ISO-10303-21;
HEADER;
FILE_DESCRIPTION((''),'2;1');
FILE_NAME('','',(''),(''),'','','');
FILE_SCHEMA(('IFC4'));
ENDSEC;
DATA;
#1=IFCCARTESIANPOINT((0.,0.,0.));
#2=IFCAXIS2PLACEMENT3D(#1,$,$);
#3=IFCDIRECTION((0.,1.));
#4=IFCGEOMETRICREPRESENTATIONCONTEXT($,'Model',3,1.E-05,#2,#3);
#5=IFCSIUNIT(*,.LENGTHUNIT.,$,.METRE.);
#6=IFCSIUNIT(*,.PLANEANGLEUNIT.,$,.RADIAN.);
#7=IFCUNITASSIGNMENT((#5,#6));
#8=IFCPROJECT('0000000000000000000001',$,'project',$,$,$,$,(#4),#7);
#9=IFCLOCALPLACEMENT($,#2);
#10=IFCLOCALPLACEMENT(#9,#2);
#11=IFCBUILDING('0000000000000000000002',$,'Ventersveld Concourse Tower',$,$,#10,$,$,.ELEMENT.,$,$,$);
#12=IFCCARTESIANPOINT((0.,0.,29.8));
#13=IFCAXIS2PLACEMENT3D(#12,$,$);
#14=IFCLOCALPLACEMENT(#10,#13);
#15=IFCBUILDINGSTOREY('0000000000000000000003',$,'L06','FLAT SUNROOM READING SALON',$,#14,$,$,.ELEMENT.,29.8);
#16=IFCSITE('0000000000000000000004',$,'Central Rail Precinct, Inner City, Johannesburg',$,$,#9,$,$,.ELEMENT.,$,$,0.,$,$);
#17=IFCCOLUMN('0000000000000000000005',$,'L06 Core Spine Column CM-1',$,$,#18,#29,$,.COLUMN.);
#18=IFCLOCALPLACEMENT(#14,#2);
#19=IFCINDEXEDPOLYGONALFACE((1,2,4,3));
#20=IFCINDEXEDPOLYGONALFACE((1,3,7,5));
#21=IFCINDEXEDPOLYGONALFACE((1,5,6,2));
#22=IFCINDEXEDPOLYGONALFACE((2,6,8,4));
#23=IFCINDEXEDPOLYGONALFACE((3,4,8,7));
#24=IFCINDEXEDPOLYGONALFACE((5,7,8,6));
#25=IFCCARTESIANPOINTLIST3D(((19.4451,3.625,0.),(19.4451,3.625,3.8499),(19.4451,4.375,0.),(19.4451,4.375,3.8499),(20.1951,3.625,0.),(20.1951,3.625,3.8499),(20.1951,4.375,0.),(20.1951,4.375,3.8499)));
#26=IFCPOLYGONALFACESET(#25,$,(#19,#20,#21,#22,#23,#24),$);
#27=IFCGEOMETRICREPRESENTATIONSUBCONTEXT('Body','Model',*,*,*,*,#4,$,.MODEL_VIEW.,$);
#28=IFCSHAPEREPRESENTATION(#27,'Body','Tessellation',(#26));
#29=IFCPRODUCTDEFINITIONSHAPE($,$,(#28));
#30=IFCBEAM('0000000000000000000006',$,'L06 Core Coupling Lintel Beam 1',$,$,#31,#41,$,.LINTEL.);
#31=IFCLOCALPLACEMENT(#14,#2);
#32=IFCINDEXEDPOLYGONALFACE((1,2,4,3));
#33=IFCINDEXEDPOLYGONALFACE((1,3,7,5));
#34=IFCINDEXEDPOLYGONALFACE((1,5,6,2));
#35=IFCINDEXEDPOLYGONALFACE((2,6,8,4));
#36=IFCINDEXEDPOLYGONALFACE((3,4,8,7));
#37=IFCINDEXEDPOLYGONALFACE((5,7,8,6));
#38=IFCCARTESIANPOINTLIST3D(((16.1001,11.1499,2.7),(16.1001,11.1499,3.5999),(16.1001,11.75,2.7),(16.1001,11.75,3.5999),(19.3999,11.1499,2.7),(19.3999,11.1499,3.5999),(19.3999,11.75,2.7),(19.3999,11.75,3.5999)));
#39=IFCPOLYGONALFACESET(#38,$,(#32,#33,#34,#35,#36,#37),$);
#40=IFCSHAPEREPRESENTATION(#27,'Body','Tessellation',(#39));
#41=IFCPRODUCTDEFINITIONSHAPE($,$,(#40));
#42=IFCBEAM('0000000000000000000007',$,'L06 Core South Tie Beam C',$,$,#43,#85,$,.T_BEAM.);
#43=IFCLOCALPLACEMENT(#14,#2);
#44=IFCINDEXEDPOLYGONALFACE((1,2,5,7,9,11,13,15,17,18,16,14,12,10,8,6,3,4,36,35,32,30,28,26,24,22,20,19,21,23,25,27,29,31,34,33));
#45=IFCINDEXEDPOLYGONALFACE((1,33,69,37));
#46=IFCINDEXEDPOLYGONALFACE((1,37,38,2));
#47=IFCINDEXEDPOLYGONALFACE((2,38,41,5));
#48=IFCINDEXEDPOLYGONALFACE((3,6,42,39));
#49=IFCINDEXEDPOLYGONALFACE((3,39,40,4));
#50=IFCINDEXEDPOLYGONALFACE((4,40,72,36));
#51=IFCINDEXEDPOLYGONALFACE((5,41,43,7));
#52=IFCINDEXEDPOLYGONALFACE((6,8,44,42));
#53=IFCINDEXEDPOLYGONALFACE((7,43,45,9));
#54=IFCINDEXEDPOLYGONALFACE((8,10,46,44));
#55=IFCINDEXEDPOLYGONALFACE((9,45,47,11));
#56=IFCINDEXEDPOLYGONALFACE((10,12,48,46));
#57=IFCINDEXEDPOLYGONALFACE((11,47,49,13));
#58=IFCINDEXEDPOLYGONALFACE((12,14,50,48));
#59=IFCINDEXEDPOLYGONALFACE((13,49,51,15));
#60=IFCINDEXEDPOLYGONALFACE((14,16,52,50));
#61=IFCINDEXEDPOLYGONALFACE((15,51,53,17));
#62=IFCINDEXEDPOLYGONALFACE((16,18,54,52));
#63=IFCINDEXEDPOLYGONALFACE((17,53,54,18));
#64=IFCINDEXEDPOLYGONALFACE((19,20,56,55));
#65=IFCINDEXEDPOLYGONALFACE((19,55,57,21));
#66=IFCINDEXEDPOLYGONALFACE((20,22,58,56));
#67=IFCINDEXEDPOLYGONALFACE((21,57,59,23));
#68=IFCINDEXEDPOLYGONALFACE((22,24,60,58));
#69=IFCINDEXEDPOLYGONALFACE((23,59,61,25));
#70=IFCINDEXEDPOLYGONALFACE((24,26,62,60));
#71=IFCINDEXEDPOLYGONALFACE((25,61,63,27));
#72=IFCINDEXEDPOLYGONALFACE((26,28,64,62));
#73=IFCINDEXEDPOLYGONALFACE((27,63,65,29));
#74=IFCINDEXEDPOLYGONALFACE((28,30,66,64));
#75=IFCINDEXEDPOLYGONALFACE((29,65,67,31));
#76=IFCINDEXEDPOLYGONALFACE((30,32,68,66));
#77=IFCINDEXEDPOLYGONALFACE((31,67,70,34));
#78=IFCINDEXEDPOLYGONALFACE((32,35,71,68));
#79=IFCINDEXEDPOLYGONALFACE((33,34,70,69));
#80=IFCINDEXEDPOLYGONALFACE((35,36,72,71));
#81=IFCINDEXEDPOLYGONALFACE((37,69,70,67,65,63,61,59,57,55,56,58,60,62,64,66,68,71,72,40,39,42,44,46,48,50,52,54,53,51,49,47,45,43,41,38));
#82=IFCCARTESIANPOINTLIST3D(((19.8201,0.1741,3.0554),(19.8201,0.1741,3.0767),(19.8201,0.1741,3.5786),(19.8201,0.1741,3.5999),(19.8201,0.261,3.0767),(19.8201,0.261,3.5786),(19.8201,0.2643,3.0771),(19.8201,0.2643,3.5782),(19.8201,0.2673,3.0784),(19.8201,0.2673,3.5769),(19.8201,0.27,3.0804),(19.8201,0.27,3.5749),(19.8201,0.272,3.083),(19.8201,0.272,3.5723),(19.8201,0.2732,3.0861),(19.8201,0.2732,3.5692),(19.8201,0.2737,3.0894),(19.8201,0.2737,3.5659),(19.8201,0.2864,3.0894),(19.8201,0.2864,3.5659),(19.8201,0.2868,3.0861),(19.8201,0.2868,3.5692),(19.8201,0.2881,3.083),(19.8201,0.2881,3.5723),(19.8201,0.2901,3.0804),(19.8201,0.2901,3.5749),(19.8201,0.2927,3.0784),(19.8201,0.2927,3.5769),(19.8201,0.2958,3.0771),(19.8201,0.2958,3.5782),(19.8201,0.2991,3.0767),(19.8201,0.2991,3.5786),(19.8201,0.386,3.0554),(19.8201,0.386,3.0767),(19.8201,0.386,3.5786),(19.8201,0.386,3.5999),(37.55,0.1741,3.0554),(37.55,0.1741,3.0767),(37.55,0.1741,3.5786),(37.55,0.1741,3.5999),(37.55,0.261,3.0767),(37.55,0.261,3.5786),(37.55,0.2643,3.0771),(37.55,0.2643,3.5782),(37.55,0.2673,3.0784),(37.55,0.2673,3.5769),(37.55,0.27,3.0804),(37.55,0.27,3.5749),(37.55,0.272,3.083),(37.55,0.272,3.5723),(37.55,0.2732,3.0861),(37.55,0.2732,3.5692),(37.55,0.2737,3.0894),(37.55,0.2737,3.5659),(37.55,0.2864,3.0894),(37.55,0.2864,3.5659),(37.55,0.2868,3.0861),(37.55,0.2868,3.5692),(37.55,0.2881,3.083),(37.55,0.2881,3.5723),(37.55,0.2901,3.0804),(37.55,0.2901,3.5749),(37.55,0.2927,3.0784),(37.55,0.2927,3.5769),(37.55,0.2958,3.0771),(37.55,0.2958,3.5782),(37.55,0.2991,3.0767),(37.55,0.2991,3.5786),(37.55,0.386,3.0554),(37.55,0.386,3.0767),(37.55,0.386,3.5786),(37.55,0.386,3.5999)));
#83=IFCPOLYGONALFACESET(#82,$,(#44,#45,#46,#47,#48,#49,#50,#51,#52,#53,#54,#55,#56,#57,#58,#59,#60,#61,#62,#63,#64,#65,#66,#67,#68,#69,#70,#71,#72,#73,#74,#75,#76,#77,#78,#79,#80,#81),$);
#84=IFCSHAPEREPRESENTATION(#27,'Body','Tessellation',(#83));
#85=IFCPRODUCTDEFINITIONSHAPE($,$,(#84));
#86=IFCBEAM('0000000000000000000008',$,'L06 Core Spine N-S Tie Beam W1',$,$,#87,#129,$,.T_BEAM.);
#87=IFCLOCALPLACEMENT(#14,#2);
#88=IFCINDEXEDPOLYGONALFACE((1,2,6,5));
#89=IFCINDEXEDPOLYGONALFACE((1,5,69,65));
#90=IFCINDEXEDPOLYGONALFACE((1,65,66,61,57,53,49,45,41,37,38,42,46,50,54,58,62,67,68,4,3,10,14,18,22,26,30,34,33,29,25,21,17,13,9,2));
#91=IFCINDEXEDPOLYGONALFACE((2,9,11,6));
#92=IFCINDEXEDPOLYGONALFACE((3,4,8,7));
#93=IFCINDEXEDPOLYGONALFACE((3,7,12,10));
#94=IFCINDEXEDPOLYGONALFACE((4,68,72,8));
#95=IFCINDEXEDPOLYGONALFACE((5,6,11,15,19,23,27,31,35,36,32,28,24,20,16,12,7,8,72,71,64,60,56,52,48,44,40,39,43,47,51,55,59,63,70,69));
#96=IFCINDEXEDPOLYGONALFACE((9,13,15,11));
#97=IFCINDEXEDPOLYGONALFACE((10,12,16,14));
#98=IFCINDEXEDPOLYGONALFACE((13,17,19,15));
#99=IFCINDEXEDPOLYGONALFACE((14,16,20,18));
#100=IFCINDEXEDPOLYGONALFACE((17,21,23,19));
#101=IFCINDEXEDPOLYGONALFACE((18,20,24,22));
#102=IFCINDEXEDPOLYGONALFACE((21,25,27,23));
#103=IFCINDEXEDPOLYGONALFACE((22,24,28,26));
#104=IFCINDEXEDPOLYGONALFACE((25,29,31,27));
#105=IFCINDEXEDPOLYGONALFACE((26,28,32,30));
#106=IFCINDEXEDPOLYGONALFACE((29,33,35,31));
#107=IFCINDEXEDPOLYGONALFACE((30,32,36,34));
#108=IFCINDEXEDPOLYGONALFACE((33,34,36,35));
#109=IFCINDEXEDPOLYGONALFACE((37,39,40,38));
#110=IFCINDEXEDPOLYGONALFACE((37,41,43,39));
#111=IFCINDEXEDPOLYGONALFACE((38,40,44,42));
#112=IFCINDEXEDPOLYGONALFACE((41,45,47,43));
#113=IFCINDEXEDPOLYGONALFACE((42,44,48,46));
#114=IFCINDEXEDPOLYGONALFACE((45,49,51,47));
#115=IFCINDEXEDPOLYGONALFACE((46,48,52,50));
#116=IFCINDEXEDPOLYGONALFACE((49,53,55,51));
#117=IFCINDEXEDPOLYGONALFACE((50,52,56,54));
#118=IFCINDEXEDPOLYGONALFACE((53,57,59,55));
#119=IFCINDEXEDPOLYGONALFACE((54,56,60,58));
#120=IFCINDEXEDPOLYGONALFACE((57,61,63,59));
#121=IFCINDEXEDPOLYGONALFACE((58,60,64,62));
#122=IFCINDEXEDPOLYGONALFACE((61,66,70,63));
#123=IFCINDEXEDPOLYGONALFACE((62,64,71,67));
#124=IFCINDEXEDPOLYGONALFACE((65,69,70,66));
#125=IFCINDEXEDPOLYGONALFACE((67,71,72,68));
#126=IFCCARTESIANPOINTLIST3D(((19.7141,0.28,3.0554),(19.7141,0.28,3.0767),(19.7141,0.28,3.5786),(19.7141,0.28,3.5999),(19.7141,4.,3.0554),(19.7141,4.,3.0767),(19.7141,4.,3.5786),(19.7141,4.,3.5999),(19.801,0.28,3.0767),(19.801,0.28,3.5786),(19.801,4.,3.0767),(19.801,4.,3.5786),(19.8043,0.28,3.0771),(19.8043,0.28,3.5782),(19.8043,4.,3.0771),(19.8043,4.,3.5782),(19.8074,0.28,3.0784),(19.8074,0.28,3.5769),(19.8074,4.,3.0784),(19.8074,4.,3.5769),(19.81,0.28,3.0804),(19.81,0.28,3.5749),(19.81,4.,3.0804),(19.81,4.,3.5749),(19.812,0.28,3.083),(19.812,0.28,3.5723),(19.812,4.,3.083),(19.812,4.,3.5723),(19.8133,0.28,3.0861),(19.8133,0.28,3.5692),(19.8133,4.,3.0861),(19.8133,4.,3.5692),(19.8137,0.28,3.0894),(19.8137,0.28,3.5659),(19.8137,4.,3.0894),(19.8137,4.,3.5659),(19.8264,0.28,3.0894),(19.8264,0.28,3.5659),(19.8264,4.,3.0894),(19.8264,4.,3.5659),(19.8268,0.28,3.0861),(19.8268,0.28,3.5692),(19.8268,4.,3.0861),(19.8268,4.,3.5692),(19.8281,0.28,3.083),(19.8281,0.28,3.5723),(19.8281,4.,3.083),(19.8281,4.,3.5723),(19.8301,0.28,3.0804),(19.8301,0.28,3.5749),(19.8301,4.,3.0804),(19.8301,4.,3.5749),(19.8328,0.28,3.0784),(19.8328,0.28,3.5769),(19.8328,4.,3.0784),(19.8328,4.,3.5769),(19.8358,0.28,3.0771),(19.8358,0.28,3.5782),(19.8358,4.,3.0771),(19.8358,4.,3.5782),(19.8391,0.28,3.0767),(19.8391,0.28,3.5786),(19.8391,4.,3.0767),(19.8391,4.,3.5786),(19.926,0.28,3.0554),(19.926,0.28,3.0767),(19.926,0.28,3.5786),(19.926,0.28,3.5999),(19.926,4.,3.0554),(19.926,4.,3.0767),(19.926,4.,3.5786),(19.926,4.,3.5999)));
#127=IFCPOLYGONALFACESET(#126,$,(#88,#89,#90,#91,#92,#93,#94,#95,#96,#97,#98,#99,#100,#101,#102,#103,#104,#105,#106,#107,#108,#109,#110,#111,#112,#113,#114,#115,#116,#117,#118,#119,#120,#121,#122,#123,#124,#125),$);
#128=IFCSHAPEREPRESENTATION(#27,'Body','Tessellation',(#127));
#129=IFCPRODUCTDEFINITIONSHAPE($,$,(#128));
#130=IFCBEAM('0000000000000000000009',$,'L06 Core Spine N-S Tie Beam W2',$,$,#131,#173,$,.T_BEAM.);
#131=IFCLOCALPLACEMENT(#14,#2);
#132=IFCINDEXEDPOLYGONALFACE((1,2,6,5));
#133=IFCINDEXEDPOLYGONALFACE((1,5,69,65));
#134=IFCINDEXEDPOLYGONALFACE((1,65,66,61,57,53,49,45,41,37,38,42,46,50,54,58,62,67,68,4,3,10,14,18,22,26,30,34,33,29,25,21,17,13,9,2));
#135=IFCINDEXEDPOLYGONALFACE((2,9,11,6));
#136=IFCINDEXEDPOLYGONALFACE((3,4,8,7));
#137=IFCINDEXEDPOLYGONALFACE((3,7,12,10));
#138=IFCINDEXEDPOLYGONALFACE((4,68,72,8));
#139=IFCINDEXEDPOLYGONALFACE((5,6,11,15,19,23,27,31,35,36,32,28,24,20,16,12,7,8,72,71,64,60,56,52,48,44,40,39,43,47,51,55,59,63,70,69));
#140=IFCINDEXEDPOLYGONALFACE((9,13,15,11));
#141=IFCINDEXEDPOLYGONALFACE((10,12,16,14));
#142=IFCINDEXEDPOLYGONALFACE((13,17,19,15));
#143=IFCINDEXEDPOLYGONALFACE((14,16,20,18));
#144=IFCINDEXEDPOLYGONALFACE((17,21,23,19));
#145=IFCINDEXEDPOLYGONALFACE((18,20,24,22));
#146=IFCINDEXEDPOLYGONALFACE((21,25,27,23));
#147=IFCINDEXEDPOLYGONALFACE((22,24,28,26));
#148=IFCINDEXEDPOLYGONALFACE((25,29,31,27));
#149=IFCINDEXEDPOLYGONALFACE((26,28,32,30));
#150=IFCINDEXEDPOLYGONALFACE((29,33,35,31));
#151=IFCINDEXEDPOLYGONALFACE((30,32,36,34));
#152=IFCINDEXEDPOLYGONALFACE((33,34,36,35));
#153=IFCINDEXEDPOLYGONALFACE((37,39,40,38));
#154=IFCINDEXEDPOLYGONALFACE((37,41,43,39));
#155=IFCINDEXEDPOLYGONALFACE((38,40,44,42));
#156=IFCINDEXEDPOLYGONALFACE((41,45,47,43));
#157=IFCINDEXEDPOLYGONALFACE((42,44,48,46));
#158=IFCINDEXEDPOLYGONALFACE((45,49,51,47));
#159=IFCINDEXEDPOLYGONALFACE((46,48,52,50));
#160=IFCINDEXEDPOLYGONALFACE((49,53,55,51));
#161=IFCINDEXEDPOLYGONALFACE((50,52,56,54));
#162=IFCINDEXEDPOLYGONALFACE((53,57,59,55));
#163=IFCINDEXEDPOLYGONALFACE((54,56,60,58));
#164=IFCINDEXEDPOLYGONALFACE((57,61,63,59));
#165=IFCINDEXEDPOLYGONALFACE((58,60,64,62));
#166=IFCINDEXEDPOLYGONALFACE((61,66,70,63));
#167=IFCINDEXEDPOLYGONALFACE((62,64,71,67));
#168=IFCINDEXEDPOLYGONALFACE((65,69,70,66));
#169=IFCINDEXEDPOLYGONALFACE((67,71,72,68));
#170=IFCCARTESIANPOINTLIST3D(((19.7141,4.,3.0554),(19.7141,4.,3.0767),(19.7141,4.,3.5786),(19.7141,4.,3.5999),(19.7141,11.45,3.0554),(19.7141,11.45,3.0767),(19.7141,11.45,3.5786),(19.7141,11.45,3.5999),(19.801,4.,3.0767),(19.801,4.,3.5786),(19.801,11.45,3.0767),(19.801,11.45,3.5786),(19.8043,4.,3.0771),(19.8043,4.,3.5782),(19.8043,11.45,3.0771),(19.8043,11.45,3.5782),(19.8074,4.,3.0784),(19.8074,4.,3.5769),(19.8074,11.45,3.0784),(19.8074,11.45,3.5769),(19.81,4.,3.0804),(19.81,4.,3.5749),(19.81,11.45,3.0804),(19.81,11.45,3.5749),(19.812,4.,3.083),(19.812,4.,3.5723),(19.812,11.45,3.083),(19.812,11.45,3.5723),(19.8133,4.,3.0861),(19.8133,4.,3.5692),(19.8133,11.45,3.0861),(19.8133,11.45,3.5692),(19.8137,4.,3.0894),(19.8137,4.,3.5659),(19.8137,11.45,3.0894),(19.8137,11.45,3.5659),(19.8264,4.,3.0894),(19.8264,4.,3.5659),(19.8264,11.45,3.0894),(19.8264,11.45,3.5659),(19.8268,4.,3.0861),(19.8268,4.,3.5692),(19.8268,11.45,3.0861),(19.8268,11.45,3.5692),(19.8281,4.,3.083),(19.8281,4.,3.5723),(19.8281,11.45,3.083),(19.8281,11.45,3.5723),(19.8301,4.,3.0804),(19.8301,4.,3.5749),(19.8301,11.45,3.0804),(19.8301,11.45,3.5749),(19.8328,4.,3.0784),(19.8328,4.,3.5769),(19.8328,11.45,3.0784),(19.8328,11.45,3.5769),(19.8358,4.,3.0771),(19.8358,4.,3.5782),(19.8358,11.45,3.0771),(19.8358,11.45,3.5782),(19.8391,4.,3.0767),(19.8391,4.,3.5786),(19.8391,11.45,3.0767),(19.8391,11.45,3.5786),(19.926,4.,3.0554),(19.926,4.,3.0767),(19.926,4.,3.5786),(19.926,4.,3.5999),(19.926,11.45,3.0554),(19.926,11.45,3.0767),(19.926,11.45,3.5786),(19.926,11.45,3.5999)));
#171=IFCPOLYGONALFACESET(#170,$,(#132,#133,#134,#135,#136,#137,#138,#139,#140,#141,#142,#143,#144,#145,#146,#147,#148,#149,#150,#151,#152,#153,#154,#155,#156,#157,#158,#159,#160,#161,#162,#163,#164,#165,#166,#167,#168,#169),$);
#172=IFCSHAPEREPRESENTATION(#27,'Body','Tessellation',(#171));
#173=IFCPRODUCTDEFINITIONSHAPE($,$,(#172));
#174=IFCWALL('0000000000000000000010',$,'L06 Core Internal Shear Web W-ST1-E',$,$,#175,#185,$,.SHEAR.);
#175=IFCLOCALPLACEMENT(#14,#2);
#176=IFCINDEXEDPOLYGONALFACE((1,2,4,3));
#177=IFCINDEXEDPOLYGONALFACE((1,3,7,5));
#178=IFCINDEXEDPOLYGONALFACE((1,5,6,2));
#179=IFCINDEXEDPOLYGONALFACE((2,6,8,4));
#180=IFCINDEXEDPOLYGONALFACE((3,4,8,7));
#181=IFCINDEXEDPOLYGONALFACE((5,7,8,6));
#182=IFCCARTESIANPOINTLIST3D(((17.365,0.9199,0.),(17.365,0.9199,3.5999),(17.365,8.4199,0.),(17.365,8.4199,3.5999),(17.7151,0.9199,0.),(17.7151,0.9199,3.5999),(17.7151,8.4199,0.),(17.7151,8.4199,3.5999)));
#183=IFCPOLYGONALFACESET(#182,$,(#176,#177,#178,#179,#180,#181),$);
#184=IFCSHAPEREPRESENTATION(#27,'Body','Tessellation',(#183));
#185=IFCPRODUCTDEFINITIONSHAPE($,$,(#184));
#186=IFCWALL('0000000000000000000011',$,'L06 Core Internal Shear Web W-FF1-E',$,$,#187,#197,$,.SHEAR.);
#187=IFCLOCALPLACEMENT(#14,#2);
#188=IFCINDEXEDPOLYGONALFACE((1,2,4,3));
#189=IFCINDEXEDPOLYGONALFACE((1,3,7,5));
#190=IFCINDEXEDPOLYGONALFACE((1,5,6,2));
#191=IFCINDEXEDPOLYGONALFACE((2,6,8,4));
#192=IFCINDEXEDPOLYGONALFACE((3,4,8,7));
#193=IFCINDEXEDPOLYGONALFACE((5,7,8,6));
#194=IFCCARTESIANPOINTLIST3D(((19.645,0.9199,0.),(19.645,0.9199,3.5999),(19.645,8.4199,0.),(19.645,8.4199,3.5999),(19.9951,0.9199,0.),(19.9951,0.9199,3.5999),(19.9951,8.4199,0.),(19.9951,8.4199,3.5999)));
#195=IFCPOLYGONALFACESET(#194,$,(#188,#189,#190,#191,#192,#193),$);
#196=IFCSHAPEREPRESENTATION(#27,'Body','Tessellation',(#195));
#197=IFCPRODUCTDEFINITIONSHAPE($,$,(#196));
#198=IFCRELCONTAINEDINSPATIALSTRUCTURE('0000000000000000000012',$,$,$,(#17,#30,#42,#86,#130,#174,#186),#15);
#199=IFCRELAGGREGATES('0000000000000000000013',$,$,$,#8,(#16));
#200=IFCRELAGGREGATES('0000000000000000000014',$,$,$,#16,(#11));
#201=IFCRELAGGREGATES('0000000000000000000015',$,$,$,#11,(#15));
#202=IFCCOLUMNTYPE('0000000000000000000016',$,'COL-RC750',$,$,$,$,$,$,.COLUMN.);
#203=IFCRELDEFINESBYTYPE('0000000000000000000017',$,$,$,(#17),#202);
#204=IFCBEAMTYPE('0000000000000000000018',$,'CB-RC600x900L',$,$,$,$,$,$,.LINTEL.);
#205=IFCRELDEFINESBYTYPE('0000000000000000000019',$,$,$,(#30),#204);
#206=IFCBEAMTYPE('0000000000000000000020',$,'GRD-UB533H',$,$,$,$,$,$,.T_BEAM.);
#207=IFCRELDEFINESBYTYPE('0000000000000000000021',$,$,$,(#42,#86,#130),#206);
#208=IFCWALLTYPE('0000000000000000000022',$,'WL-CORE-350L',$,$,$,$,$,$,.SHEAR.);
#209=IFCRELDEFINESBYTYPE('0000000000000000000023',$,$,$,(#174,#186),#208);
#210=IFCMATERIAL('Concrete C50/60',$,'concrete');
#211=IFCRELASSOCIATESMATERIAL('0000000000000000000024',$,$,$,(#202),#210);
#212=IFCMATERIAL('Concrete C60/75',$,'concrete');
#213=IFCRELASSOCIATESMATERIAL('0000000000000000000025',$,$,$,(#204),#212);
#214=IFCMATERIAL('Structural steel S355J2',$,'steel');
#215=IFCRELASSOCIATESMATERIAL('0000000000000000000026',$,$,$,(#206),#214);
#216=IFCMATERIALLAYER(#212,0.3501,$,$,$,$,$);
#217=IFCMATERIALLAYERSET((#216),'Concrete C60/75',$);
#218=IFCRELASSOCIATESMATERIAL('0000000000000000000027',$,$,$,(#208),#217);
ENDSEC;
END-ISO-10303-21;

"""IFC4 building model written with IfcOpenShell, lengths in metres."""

from ifc_helpers import new_model, si_unit, direction, frame, frame_2d, origin, origin_2d, place, context, subcontext, project, spatial, rectangle, i_section, extrude, material, layer, layer_set, material_profile, profile_set, type_object, element, save


model = new_model("IFC4")

# Units and contexts
model_context = context("Model", 3, precision=1e-05, world=origin(), true_north=direction((0.0, 1.0)))
body_context = subcontext(model_context, "Body", "Model", "MODEL_VIEW")
ifc_project = project(units=[si_unit("LENGTHUNIT", "METRE"), si_unit("PLANEANGLEUNIT", "RADIAN")], contexts=[model_context])

# Site, building, storey
site_placement = place(None, origin())
site = spatial("IfcSite", under=ifc_project, at=site_placement, Name="Central Rail Precinct, Inner City, Johannesburg", CompositionType="ELEMENT", RefElevation=0.0)
building_placement = place(site_placement, origin())
building = spatial("IfcBuilding", under=site, at=building_placement, Name="Ventersveld Concourse Tower", CompositionType="ELEMENT")
storey_placement = place(building_placement, frame((0.0, 0.0, 29.8)))
storey = spatial("IfcBuildingStorey", under=building, at=storey_placement, Name="L06", Description="FLAT SUNROOM READING SALON", CompositionType="ELEMENT", Elevation=29.8)

# Column
ifc_material_1 = material(Name="Concrete C50/60", Category="concrete")
ifc_material_profile_1 = material_profile(ifc_material_1, rectangle(XDim=0.75, YDim=0.75, at=origin_2d()), Name="RC 750x750")
ifc_profile_set_1 = profile_set([ifc_material_profile_1], Name="Concrete C50/60")
column_type = type_object("IfcColumnType", Name="COL-RC750", PredefinedType="COLUMN", material=ifc_profile_set_1)
column_placement = place(storey_placement, frame((19.8201, 4.0, 0.0), z_axis=(0.0, 0.0, 1.0), x_axis=(1.0, 0.0, 0.0)))
element("IfcColumn", 1, at=column_placement, inside=storey, type_object=column_type, Name="L06 Core Spine Column CM-1", PredefinedType="COLUMN", context=body_context, shape_type="SweptSolid", body=[
    extrude(rectangle(XDim=0.75, YDim=0.75, at=origin_2d()), origin(), (0.0, 0.0, 1.0), 3.8499),
])

# Beams
ifc_material_2 = material(Name="Concrete C60/75", Category="concrete")
ifc_material_profile_2 = material_profile(ifc_material_2, rectangle(XDim=0.6001, YDim=0.8999, at=origin_2d()), Name="RC 600x900")
ifc_profile_set_2 = profile_set([ifc_material_profile_2], Name="Concrete C60/75")
beam_type_1 = type_object("IfcBeamType", Name="CB-RC600x900L", PredefinedType="LINTEL", material=ifc_profile_set_2)
beam_1_placement = place(storey_placement, frame((16.1001, 11.45, 3.1499), z_axis=(1.0, 0.0, 0.0), x_axis=(0.0, 1.0, 0.0)))
element("IfcBeam", 2, at=beam_1_placement, inside=storey, type_object=beam_type_1, Name="L06 Core Coupling Lintel Beam 1", PredefinedType="LINTEL", context=body_context, shape_type="SweptSolid", body=[
    extrude(rectangle(XDim=0.6001, YDim=0.8999, at=origin_2d()), origin(), (0.0, 0.0, 1.0), 3.2998),
])
ifc_material_3 = material(Name="Structural steel S355J2", Category="steel")
ifc_material_profile_3 = material_profile(ifc_material_3, i_section(OverallWidth=0.2119, OverallDepth=0.5444, WebThickness=0.0127, FlangeThickness=0.0212, FilletRadius=0.0127, at=origin_2d()), Name="UB 533x210x122")
ifc_profile_set_3 = profile_set([ifc_material_profile_3], Name="Structural steel S355J2")
beam_type_2 = type_object("IfcBeamType", Name="GRD-UB533H", PredefinedType="T_BEAM", material=ifc_profile_set_3)
beam_2_placement = place(storey_placement, frame((19.8201, 0.28, 3.3276), z_axis=(1.0, 0.0, 0.0), x_axis=(0.0, 1.0, 0.0)))
element("IfcBeam", 3, at=beam_2_placement, inside=storey, type_object=beam_type_2, Name="L06 Core South Tie Beam C", PredefinedType="T_BEAM", context=body_context, shape_type="SweptSolid", body=[
    extrude(i_section(OverallWidth=0.2119, OverallDepth=0.5444, WebThickness=0.0127, FlangeThickness=0.0212, FilletRadius=0.0127, at=origin_2d()), origin(), (0.0, 0.0, 1.0), 17.73),
])
beam_3_placement = place(storey_placement, frame((19.8201, 0.28, 3.3276), z_axis=(0.0, 1.0, 0.0), x_axis=(-1.0, 0.0, 0.0)))
element("IfcBeam", 4, at=beam_3_placement, inside=storey, type_object=beam_type_2, Name="L06 Core Spine N-S Tie Beam W1", PredefinedType="T_BEAM", context=body_context, shape_type="SweptSolid", body=[
    extrude(i_section(OverallWidth=0.2119, OverallDepth=0.5444, WebThickness=0.0127, FlangeThickness=0.0212, FilletRadius=0.0127, at=origin_2d()), origin(), (0.0, 0.0, 1.0), 3.72),
])
beam_4_placement = place(storey_placement, frame((19.8201, 4.0, 3.3276), z_axis=(0.0, 1.0, 0.0), x_axis=(-1.0, 0.0, 0.0)))
element("IfcBeam", 5, at=beam_4_placement, inside=storey, type_object=beam_type_2, Name="L06 Core Spine N-S Tie Beam W2", PredefinedType="T_BEAM", context=body_context, shape_type="SweptSolid", body=[
    extrude(i_section(OverallWidth=0.2119, OverallDepth=0.5444, WebThickness=0.0127, FlangeThickness=0.0212, FilletRadius=0.0127, at=origin_2d()), origin(), (0.0, 0.0, 1.0), 7.45),
])

# Walls
ifc_layer_1 = layer(ifc_material_2, 0.3501)
ifc_layer_set_1 = layer_set([ifc_layer_1], Name="Concrete C60/75")
wall_type_1 = type_object("IfcWallType", Name="WL-CORE-350L", PredefinedType="SHEAR", material=ifc_layer_set_1)
for number, where, z_axis, x_axis, name in (
    (6, (17.54, 0.9199, 0.0), (0.0, 0.0, 1.0), (0.0, 1.0, 0.0), "L06 Core Internal Shear Web W-ST1-E"),
    (7, (19.8201, 0.9199, 0.0), (0.0, 0.0, 1.0), (0.0, 1.0, 0.0), "L06 Core Internal Shear Web W-FF1-E"),
):
    element("IfcWall", number, at=place(storey_placement, frame(where, z_axis=z_axis, x_axis=x_axis)), inside=storey, type_object=wall_type_1, Name=name, PredefinedType="SHEAR", context=body_context, shape_type="SweptSolid", body=[
        extrude(rectangle(XDim=7.5, YDim=0.3501, at=frame_2d((3.75, 0.0))), origin(), (0.0, 0.0, 1.0), 3.5999),
    ])

save(model, "model.ifc")
